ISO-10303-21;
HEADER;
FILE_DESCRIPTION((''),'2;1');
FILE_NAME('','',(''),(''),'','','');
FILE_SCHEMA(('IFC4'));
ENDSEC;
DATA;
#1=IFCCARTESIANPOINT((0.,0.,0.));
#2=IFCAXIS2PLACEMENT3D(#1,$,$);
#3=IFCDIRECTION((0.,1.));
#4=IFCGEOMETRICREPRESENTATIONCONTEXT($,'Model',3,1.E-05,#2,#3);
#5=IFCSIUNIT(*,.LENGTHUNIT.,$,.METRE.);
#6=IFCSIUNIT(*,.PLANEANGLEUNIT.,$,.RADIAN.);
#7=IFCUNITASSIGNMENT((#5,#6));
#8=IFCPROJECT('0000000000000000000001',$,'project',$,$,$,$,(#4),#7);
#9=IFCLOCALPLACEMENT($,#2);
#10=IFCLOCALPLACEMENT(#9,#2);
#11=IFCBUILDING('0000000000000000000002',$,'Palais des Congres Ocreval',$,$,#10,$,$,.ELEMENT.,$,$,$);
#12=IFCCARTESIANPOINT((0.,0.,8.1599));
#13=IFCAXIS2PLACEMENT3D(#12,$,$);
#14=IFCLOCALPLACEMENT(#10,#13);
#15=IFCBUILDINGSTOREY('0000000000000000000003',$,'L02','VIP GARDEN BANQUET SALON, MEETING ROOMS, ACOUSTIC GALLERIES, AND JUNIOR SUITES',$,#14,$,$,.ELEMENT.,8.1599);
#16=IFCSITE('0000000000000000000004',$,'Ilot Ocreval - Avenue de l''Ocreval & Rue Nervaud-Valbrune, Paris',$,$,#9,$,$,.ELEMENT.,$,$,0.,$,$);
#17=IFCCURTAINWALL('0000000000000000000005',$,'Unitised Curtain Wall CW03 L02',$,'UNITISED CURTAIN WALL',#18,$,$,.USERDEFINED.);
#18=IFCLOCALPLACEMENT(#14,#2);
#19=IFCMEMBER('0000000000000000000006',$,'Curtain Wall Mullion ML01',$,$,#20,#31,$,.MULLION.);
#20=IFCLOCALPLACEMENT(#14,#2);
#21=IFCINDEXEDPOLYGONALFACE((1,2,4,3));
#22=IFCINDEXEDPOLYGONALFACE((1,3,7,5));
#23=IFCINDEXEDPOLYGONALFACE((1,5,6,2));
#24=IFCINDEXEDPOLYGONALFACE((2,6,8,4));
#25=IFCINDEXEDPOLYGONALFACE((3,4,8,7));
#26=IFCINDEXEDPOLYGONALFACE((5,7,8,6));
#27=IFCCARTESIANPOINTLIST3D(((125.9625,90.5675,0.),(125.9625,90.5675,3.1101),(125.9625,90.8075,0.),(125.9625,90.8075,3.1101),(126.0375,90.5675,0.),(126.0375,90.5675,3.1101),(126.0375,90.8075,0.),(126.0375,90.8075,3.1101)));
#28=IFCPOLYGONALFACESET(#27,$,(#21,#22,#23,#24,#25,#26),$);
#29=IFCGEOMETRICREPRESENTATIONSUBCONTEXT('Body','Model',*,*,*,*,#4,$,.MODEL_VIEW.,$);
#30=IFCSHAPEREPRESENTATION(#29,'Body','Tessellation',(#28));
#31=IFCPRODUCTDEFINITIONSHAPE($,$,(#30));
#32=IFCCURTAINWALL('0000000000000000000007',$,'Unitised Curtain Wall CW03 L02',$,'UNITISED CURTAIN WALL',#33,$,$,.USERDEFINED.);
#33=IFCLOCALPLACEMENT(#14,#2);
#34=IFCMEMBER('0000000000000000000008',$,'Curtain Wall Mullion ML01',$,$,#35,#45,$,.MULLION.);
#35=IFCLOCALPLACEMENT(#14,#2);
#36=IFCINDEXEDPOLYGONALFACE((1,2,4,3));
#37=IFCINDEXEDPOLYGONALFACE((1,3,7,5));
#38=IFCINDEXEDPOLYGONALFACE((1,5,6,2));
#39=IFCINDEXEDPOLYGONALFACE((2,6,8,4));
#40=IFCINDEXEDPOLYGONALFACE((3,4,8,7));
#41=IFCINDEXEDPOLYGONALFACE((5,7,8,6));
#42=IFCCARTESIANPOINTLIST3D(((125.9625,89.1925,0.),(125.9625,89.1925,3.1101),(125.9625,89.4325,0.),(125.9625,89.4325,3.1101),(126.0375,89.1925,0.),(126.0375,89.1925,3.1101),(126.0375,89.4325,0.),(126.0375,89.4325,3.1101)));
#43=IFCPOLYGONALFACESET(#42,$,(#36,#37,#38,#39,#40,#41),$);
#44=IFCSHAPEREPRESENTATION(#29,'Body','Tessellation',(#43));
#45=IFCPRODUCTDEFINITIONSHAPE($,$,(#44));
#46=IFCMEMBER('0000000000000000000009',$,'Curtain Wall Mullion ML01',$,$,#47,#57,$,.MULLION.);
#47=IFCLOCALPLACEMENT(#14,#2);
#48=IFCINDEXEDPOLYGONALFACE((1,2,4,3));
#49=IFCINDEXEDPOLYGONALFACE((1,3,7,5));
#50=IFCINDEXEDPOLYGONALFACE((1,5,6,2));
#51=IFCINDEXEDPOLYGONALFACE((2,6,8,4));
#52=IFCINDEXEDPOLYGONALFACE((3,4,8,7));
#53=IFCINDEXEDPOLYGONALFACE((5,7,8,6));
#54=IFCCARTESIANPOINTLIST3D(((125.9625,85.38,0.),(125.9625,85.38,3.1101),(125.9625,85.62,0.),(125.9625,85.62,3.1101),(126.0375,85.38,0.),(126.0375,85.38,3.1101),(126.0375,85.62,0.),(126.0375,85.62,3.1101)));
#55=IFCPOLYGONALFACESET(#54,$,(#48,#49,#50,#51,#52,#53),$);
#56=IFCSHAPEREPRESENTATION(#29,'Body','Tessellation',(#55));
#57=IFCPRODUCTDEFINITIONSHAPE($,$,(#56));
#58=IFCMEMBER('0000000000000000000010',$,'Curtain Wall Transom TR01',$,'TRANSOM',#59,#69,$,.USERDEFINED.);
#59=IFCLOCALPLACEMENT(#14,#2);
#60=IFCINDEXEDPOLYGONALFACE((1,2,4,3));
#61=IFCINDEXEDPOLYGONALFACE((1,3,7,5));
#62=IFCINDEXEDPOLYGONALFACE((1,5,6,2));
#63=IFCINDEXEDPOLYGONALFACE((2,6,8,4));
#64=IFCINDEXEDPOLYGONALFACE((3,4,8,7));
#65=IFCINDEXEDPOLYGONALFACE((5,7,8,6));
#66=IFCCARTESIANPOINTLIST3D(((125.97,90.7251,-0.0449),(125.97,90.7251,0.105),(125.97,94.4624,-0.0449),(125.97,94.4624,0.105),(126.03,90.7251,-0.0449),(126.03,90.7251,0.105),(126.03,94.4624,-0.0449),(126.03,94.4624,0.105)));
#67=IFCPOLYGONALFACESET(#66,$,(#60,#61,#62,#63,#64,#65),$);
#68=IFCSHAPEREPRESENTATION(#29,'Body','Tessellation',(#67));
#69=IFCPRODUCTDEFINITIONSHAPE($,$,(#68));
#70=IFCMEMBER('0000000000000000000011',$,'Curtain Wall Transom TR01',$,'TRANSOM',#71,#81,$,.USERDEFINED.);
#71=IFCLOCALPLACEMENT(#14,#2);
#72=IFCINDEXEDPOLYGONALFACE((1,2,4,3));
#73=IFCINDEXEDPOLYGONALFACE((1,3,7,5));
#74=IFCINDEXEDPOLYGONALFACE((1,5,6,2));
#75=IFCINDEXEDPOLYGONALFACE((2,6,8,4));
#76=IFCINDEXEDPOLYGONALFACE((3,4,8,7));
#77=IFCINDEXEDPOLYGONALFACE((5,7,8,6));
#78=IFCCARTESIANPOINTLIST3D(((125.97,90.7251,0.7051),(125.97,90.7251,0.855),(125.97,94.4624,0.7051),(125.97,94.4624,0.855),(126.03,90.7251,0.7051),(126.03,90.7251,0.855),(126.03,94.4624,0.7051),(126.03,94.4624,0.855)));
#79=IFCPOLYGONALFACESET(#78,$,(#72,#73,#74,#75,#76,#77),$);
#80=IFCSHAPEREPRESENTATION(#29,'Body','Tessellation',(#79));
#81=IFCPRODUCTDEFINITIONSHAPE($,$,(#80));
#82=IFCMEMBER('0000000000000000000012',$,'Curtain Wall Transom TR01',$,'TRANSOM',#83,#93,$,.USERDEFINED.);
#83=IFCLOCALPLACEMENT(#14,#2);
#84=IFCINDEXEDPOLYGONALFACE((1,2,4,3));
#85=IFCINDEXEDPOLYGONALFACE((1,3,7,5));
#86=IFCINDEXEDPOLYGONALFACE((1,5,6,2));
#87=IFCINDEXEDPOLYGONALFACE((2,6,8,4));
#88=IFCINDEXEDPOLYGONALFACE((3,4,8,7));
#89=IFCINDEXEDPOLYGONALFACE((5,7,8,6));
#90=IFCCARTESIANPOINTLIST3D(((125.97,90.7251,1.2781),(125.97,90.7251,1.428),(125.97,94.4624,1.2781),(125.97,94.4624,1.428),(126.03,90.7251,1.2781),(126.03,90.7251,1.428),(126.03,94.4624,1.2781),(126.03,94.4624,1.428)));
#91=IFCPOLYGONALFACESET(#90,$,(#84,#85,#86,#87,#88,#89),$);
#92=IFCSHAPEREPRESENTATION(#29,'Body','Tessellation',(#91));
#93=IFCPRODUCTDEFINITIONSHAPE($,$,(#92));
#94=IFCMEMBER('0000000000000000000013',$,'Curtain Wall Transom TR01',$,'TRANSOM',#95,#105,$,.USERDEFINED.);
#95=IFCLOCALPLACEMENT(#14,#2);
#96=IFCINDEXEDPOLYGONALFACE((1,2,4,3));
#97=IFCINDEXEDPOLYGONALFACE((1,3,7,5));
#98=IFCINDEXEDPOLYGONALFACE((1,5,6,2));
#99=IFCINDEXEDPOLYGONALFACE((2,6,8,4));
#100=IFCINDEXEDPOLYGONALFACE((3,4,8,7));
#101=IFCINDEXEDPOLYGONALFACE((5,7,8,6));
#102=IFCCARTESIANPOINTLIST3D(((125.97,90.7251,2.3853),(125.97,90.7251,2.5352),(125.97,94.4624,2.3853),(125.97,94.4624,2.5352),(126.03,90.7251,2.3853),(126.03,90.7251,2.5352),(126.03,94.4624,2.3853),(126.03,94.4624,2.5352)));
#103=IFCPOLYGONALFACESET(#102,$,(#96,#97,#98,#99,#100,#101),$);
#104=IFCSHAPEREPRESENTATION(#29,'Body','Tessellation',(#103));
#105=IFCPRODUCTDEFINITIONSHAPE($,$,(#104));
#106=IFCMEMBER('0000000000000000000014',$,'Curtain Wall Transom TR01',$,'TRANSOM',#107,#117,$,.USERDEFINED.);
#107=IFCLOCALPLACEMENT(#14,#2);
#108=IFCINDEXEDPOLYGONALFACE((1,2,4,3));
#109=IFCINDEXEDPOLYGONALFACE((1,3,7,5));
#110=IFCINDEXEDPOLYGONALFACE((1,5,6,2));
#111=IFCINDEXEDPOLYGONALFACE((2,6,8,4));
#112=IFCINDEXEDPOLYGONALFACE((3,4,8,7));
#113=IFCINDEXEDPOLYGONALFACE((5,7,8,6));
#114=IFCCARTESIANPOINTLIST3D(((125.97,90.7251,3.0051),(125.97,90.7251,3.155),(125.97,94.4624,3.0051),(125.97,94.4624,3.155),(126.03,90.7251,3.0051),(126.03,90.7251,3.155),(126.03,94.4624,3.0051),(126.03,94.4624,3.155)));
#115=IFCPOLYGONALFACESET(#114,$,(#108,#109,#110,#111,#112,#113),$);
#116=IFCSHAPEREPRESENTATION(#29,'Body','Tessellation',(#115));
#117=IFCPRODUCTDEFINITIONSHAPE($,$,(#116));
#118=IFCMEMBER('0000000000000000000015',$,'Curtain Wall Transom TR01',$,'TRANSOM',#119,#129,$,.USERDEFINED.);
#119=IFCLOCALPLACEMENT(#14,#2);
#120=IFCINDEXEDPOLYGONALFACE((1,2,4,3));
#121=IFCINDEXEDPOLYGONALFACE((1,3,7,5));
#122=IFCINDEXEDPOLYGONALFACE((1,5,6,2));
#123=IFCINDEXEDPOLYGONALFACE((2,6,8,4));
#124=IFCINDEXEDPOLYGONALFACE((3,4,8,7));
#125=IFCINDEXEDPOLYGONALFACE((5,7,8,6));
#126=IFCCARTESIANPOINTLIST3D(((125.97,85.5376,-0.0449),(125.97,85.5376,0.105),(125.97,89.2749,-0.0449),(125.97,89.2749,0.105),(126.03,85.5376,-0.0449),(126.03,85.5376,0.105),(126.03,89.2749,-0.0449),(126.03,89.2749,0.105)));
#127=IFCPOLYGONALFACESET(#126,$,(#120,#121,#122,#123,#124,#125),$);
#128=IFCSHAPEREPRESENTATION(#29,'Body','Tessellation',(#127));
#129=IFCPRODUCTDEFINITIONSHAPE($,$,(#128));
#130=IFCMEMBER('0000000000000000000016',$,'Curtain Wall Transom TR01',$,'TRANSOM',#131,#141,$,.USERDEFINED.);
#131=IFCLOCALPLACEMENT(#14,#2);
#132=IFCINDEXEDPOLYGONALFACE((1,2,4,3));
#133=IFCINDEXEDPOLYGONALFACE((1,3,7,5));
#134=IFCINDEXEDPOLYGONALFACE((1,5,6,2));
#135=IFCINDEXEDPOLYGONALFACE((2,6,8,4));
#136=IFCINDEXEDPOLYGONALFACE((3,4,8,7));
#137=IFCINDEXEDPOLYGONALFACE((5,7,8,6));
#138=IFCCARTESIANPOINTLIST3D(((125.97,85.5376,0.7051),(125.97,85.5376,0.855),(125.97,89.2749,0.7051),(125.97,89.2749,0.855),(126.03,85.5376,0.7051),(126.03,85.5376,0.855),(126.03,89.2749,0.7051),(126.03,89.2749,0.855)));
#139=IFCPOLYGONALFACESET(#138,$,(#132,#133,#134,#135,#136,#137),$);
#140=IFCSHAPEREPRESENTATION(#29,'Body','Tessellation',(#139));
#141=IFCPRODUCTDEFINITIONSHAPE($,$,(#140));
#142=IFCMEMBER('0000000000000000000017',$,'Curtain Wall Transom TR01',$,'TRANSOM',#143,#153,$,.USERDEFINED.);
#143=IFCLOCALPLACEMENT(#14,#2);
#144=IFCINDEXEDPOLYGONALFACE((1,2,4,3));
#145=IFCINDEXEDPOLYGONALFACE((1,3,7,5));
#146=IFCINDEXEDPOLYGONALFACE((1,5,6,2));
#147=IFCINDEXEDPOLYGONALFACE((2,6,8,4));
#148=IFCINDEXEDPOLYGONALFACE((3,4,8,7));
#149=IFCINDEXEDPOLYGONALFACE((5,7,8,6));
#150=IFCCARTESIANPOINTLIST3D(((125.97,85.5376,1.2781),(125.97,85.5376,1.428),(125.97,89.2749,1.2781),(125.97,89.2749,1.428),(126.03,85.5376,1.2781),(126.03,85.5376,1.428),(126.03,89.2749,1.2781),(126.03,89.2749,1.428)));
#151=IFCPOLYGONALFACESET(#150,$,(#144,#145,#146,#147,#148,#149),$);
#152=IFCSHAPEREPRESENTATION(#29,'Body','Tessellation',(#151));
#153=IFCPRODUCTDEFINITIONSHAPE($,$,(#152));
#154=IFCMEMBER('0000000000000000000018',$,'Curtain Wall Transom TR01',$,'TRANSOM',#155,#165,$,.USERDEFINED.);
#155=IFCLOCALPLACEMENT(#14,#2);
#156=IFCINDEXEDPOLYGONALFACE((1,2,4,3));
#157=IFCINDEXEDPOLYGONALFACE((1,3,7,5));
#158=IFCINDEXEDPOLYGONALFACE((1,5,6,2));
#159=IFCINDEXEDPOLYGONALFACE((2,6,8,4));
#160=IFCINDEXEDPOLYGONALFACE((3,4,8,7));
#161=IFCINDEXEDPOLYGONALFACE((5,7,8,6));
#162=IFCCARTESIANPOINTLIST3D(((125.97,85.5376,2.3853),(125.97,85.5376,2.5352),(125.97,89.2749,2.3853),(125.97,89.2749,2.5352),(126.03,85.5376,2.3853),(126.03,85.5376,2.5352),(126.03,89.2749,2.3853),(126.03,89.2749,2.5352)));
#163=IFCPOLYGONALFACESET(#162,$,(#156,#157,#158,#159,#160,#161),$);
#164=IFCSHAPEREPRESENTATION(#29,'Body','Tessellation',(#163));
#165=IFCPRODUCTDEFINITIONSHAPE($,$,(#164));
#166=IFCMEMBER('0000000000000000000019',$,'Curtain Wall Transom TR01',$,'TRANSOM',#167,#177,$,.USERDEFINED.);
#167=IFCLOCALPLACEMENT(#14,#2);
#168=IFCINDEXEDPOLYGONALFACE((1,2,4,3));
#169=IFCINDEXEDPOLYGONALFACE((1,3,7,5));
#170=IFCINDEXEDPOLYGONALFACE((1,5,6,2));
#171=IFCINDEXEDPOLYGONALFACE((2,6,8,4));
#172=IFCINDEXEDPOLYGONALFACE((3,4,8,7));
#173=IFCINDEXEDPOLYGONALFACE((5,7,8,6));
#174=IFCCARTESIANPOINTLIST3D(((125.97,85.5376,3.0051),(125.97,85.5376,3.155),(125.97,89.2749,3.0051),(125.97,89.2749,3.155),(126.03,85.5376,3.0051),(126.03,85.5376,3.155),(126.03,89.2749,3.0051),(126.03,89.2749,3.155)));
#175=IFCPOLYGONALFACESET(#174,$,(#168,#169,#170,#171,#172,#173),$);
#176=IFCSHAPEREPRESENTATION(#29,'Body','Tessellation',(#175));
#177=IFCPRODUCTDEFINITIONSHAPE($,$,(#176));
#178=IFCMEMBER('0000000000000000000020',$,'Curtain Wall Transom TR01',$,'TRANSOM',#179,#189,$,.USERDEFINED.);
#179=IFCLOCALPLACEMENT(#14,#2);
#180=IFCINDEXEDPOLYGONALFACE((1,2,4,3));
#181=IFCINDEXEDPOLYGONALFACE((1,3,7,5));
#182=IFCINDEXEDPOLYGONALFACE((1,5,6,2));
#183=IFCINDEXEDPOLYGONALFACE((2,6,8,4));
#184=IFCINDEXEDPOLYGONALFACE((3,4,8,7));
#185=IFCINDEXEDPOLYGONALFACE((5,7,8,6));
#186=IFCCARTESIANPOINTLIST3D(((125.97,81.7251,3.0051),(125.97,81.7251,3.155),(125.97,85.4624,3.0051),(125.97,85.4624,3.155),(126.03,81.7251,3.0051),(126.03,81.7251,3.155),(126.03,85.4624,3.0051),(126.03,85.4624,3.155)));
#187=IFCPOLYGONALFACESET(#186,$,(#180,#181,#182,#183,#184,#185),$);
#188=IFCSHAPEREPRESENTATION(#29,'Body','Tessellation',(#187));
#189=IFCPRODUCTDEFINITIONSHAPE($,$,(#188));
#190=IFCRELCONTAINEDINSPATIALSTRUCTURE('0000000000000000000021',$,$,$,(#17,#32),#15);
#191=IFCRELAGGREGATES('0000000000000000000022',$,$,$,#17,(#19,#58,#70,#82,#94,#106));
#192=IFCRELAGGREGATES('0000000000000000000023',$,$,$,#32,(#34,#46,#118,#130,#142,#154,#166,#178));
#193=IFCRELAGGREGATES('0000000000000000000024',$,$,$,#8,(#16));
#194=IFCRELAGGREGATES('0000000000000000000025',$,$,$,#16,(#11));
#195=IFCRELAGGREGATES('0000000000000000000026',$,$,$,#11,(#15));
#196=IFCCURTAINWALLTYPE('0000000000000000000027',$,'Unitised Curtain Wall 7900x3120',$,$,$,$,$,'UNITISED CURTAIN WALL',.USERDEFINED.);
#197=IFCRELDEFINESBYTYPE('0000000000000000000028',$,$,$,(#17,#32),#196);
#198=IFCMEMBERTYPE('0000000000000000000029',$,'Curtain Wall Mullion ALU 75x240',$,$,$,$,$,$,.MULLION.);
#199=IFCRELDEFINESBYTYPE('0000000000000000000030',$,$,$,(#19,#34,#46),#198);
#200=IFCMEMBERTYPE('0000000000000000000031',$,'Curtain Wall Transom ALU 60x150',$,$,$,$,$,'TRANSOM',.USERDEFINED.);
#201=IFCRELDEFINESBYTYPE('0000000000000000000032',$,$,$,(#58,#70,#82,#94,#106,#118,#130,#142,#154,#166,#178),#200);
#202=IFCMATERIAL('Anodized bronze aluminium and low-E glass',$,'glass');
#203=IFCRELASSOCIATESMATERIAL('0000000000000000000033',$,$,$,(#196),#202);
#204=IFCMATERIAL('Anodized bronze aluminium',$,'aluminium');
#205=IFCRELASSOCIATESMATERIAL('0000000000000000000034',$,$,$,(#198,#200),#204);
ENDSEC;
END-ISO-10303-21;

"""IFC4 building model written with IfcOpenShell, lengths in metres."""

from ifc_helpers import new_model, si_unit, direction, frame, origin, origin_2d, place, context, subcontext, project, spatial, rectangle, extrude, material, material_profile, profile_set, type_object, element, aggregate, save


model = new_model("IFC4")

# Units and contexts
model_context = context("Model", 3, precision=1e-05, world=origin(), true_north=direction((0.0, 1.0)))
body_context = subcontext(model_context, "Body", "Model", "MODEL_VIEW")
ifc_project = project(units=[si_unit("LENGTHUNIT", "METRE"), si_unit("PLANEANGLEUNIT", "RADIAN")], contexts=[model_context])

# Site, building, storey
site_placement = place(None, origin())
site = spatial("IfcSite", under=ifc_project, at=site_placement, Name="Ilot Ocreval - Avenue de l'Ocreval & Rue Nervaud-Valbrune, Paris", CompositionType="ELEMENT", RefElevation=0.0)
building_placement = place(site_placement, origin())
building = spatial("IfcBuilding", under=site, at=building_placement, Name="Palais des Congres Ocreval", CompositionType="ELEMENT")
storey_placement = place(building_placement, frame((0.0, 0.0, 8.1599)))
storey = spatial("IfcBuildingStorey", under=building, at=storey_placement, Name="L02", Description="VIP GARDEN BANQUET SALON, MEETING ROOMS, ACOUSTIC GALLERIES, AND JUNIOR SUITES", CompositionType="ELEMENT", Elevation=8.1599)

# Curtain wall, member
ifc_material_1 = material(Name="Anodized bronze aluminium and low-E glass", Category="glass")
curtain_wall_type = type_object("IfcCurtainWallType", Name="Unitised Curtain Wall 7900x3120", ElementType="UNITISED CURTAIN WALL", PredefinedType="USERDEFINED", material=ifc_material_1)
curtain_wall_1_placement = place(storey_placement, origin())
curtain_wall_1 = element("IfcCurtainWall", 1, at=curtain_wall_1_placement, inside=storey, type_object=curtain_wall_type, Name="Unitised Curtain Wall CW03 L02", ObjectType="UNITISED CURTAIN WALL", PredefinedType="USERDEFINED")
ifc_material_2 = material(Name="Anodized bronze aluminium", Category="aluminium")
ifc_material_profile_1 = material_profile(ifc_material_2, rectangle(XDim=0.075, YDim=0.24, at=origin_2d()), Name="ALU 75x240")
ifc_profile_set_1 = profile_set([ifc_material_profile_1], Name="Anodized bronze aluminium")
member_type_1 = type_object("IfcMemberType", Name="Curtain Wall Mullion ALU 75x240", PredefinedType="MULLION", material=ifc_profile_set_1)
member_1_placement = place(storey_placement, frame((126.0, 90.6875, 0.0), z_axis=(0.0, 0.0, 1.0), x_axis=(1.0, 0.0, 0.0)))
member_1 = element("IfcMember", 2, at=member_1_placement, type_object=member_type_1, Name="Curtain Wall Mullion ML01", PredefinedType="MULLION", context=body_context, shape_type="SweptSolid", body=[
    extrude(rectangle(XDim=0.075, YDim=0.24, at=origin_2d()), origin(), (0.0, 0.0, 1.0), 3.1101),
])

# Curtain wall, members
curtain_wall_2_placement = place(storey_placement, origin())
curtain_wall_2 = element("IfcCurtainWall", 3, at=curtain_wall_2_placement, inside=storey, type_object=curtain_wall_type, Name="Unitised Curtain Wall CW03 L02", ObjectType="UNITISED CURTAIN WALL", PredefinedType="USERDEFINED")
member_2_placement = place(storey_placement, frame((126.0, 89.3125, 0.0), z_axis=(0.0, 0.0, 1.0), x_axis=(1.0, 0.0, 0.0)))
member_2 = element("IfcMember", 4, at=member_2_placement, type_object=member_type_1, Name="Curtain Wall Mullion ML01", PredefinedType="MULLION", context=body_context, shape_type="SweptSolid", body=[
    extrude(rectangle(XDim=0.075, YDim=0.24, at=origin_2d()), origin(), (0.0, 0.0, 1.0), 3.1101),
])
member_3_placement = place(storey_placement, frame((126.0, 85.5, 0.0), z_axis=(0.0, 0.0, 1.0), x_axis=(1.0, 0.0, 0.0)))
member_3 = element("IfcMember", 5, at=member_3_placement, type_object=member_type_1, Name="Curtain Wall Mullion ML01", PredefinedType="MULLION", context=body_context, shape_type="SweptSolid", body=[
    extrude(rectangle(XDim=0.075, YDim=0.24, at=origin_2d()), origin(), (0.0, 0.0, 1.0), 3.1101),
])

# Members
ifc_material_profile_2 = material_profile(ifc_material_2, rectangle(XDim=0.0601, YDim=0.1499, at=origin_2d()), Name="ALU 60x150")
ifc_profile_set_2 = profile_set([ifc_material_profile_2], Name="Anodized bronze aluminium")
member_type_2 = type_object("IfcMemberType", Name="Curtain Wall Transom ALU 60x150", ElementType="TRANSOM", PredefinedType="USERDEFINED", material=ifc_profile_set_2)
member_4_placement = place(storey_placement, frame((126.0, 94.4624, 0.03), z_axis=(0.0, -1.0, 0.0), x_axis=(1.0, 0.0, 0.0)))
member_4 = element("IfcMember", 6, at=member_4_placement, type_object=member_type_2, Name="Curtain Wall Transom TR01", ObjectType="TRANSOM", PredefinedType="USERDEFINED", context=body_context, shape_type="SweptSolid", body=[
    extrude(rectangle(XDim=0.0601, YDim=0.1499, at=origin_2d()), origin(), (0.0, 0.0, 1.0), 3.7373),
])
member_5_placement = place(storey_placement, frame((126.0, 94.4624, 0.78), z_axis=(0.0, -1.0, 0.0), x_axis=(1.0, 0.0, 0.0)))
member_5 = element("IfcMember", 7, at=member_5_placement, type_object=member_type_2, Name="Curtain Wall Transom TR01", ObjectType="TRANSOM", PredefinedType="USERDEFINED", context=body_context, shape_type="SweptSolid", body=[
    extrude(rectangle(XDim=0.0601, YDim=0.1499, at=origin_2d()), origin(), (0.0, 0.0, 1.0), 3.7373),
])
member_6_placement = place(storey_placement, frame((126.0, 94.4624, 1.353), z_axis=(0.0, -1.0, 0.0), x_axis=(1.0, 0.0, 0.0)))
member_6 = element("IfcMember", 8, at=member_6_placement, type_object=member_type_2, Name="Curtain Wall Transom TR01", ObjectType="TRANSOM", PredefinedType="USERDEFINED", context=body_context, shape_type="SweptSolid", body=[
    extrude(rectangle(XDim=0.0601, YDim=0.1499, at=origin_2d()), origin(), (0.0, 0.0, 1.0), 3.7373),
])
member_7_placement = place(storey_placement, frame((126.0, 94.4624, 2.4602), z_axis=(0.0, -1.0, 0.0), x_axis=(1.0, 0.0, 0.0)))
member_7 = element("IfcMember", 9, at=member_7_placement, type_object=member_type_2, Name="Curtain Wall Transom TR01", ObjectType="TRANSOM", PredefinedType="USERDEFINED", context=body_context, shape_type="SweptSolid", body=[
    extrude(rectangle(XDim=0.0601, YDim=0.1499, at=origin_2d()), origin(), (0.0, 0.0, 1.0), 3.7373),
])
member_8_placement = place(storey_placement, frame((126.0, 94.4624, 3.0801), z_axis=(0.0, -1.0, 0.0), x_axis=(1.0, 0.0, 0.0)))
member_8 = element("IfcMember", 10, at=member_8_placement, type_object=member_type_2, Name="Curtain Wall Transom TR01", ObjectType="TRANSOM", PredefinedType="USERDEFINED", context=body_context, shape_type="SweptSolid", body=[
    extrude(rectangle(XDim=0.0601, YDim=0.1499, at=origin_2d()), origin(), (0.0, 0.0, 1.0), 3.7373),
])
member_9_placement = place(storey_placement, frame((126.0, 89.2749, 0.03), z_axis=(0.0, -1.0, 0.0), x_axis=(1.0, 0.0, 0.0)))
member_9 = element("IfcMember", 11, at=member_9_placement, type_object=member_type_2, Name="Curtain Wall Transom TR01", ObjectType="TRANSOM", PredefinedType="USERDEFINED", context=body_context, shape_type="SweptSolid", body=[
    extrude(rectangle(XDim=0.0601, YDim=0.1499, at=origin_2d()), origin(), (0.0, 0.0, 1.0), 3.7373),
])
member_10_placement = place(storey_placement, frame((126.0, 89.2749, 0.78), z_axis=(0.0, -1.0, 0.0), x_axis=(1.0, 0.0, 0.0)))
member_10 = element("IfcMember", 12, at=member_10_placement, type_object=member_type_2, Name="Curtain Wall Transom TR01", ObjectType="TRANSOM", PredefinedType="USERDEFINED", context=body_context, shape_type="SweptSolid", body=[
    extrude(rectangle(XDim=0.0601, YDim=0.1499, at=origin_2d()), origin(), (0.0, 0.0, 1.0), 3.7373),
])
member_11_placement = place(storey_placement, frame((126.0, 89.2749, 1.353), z_axis=(0.0, -1.0, 0.0), x_axis=(1.0, 0.0, 0.0)))
member_11 = element("IfcMember", 13, at=member_11_placement, type_object=member_type_2, Name="Curtain Wall Transom TR01", ObjectType="TRANSOM", PredefinedType="USERDEFINED", context=body_context, shape_type="SweptSolid", body=[
    extrude(rectangle(XDim=0.0601, YDim=0.1499, at=origin_2d()), origin(), (0.0, 0.0, 1.0), 3.7373),
])
member_12_placement = place(storey_placement, frame((126.0, 89.2749, 2.4602), z_axis=(0.0, -1.0, 0.0), x_axis=(1.0, 0.0, 0.0)))
member_12 = element("IfcMember", 14, at=member_12_placement, type_object=member_type_2, Name="Curtain Wall Transom TR01", ObjectType="TRANSOM", PredefinedType="USERDEFINED", context=body_context, shape_type="SweptSolid", body=[
    extrude(rectangle(XDim=0.0601, YDim=0.1499, at=origin_2d()), origin(), (0.0, 0.0, 1.0), 3.7373),
])
member_13_placement = place(storey_placement, frame((126.0, 89.2749, 3.0801), z_axis=(0.0, -1.0, 0.0), x_axis=(1.0, 0.0, 0.0)))
member_13 = element("IfcMember", 15, at=member_13_placement, type_object=member_type_2, Name="Curtain Wall Transom TR01", ObjectType="TRANSOM", PredefinedType="USERDEFINED", context=body_context, shape_type="SweptSolid", body=[
    extrude(rectangle(XDim=0.0601, YDim=0.1499, at=origin_2d()), origin(), (0.0, 0.0, 1.0), 3.7373),
])
member_14_placement = place(storey_placement, frame((126.0, 85.4624, 3.0801), z_axis=(0.0, -1.0, 0.0), x_axis=(1.0, 0.0, 0.0)))
member_14 = element("IfcMember", 16, at=member_14_placement, type_object=member_type_2, Name="Curtain Wall Transom TR01", ObjectType="TRANSOM", PredefinedType="USERDEFINED", context=body_context, shape_type="SweptSolid", body=[
    extrude(rectangle(XDim=0.0601, YDim=0.1499, at=origin_2d()), origin(), (0.0, 0.0, 1.0), 3.7373),
])

aggregate(curtain_wall_1, [member_1, member_4, member_5, member_6, member_7, member_8])
aggregate(curtain_wall_2, [member_2, member_3, member_9, member_10, member_11, member_12, member_13, member_14])

save(model, "model.ifc")
